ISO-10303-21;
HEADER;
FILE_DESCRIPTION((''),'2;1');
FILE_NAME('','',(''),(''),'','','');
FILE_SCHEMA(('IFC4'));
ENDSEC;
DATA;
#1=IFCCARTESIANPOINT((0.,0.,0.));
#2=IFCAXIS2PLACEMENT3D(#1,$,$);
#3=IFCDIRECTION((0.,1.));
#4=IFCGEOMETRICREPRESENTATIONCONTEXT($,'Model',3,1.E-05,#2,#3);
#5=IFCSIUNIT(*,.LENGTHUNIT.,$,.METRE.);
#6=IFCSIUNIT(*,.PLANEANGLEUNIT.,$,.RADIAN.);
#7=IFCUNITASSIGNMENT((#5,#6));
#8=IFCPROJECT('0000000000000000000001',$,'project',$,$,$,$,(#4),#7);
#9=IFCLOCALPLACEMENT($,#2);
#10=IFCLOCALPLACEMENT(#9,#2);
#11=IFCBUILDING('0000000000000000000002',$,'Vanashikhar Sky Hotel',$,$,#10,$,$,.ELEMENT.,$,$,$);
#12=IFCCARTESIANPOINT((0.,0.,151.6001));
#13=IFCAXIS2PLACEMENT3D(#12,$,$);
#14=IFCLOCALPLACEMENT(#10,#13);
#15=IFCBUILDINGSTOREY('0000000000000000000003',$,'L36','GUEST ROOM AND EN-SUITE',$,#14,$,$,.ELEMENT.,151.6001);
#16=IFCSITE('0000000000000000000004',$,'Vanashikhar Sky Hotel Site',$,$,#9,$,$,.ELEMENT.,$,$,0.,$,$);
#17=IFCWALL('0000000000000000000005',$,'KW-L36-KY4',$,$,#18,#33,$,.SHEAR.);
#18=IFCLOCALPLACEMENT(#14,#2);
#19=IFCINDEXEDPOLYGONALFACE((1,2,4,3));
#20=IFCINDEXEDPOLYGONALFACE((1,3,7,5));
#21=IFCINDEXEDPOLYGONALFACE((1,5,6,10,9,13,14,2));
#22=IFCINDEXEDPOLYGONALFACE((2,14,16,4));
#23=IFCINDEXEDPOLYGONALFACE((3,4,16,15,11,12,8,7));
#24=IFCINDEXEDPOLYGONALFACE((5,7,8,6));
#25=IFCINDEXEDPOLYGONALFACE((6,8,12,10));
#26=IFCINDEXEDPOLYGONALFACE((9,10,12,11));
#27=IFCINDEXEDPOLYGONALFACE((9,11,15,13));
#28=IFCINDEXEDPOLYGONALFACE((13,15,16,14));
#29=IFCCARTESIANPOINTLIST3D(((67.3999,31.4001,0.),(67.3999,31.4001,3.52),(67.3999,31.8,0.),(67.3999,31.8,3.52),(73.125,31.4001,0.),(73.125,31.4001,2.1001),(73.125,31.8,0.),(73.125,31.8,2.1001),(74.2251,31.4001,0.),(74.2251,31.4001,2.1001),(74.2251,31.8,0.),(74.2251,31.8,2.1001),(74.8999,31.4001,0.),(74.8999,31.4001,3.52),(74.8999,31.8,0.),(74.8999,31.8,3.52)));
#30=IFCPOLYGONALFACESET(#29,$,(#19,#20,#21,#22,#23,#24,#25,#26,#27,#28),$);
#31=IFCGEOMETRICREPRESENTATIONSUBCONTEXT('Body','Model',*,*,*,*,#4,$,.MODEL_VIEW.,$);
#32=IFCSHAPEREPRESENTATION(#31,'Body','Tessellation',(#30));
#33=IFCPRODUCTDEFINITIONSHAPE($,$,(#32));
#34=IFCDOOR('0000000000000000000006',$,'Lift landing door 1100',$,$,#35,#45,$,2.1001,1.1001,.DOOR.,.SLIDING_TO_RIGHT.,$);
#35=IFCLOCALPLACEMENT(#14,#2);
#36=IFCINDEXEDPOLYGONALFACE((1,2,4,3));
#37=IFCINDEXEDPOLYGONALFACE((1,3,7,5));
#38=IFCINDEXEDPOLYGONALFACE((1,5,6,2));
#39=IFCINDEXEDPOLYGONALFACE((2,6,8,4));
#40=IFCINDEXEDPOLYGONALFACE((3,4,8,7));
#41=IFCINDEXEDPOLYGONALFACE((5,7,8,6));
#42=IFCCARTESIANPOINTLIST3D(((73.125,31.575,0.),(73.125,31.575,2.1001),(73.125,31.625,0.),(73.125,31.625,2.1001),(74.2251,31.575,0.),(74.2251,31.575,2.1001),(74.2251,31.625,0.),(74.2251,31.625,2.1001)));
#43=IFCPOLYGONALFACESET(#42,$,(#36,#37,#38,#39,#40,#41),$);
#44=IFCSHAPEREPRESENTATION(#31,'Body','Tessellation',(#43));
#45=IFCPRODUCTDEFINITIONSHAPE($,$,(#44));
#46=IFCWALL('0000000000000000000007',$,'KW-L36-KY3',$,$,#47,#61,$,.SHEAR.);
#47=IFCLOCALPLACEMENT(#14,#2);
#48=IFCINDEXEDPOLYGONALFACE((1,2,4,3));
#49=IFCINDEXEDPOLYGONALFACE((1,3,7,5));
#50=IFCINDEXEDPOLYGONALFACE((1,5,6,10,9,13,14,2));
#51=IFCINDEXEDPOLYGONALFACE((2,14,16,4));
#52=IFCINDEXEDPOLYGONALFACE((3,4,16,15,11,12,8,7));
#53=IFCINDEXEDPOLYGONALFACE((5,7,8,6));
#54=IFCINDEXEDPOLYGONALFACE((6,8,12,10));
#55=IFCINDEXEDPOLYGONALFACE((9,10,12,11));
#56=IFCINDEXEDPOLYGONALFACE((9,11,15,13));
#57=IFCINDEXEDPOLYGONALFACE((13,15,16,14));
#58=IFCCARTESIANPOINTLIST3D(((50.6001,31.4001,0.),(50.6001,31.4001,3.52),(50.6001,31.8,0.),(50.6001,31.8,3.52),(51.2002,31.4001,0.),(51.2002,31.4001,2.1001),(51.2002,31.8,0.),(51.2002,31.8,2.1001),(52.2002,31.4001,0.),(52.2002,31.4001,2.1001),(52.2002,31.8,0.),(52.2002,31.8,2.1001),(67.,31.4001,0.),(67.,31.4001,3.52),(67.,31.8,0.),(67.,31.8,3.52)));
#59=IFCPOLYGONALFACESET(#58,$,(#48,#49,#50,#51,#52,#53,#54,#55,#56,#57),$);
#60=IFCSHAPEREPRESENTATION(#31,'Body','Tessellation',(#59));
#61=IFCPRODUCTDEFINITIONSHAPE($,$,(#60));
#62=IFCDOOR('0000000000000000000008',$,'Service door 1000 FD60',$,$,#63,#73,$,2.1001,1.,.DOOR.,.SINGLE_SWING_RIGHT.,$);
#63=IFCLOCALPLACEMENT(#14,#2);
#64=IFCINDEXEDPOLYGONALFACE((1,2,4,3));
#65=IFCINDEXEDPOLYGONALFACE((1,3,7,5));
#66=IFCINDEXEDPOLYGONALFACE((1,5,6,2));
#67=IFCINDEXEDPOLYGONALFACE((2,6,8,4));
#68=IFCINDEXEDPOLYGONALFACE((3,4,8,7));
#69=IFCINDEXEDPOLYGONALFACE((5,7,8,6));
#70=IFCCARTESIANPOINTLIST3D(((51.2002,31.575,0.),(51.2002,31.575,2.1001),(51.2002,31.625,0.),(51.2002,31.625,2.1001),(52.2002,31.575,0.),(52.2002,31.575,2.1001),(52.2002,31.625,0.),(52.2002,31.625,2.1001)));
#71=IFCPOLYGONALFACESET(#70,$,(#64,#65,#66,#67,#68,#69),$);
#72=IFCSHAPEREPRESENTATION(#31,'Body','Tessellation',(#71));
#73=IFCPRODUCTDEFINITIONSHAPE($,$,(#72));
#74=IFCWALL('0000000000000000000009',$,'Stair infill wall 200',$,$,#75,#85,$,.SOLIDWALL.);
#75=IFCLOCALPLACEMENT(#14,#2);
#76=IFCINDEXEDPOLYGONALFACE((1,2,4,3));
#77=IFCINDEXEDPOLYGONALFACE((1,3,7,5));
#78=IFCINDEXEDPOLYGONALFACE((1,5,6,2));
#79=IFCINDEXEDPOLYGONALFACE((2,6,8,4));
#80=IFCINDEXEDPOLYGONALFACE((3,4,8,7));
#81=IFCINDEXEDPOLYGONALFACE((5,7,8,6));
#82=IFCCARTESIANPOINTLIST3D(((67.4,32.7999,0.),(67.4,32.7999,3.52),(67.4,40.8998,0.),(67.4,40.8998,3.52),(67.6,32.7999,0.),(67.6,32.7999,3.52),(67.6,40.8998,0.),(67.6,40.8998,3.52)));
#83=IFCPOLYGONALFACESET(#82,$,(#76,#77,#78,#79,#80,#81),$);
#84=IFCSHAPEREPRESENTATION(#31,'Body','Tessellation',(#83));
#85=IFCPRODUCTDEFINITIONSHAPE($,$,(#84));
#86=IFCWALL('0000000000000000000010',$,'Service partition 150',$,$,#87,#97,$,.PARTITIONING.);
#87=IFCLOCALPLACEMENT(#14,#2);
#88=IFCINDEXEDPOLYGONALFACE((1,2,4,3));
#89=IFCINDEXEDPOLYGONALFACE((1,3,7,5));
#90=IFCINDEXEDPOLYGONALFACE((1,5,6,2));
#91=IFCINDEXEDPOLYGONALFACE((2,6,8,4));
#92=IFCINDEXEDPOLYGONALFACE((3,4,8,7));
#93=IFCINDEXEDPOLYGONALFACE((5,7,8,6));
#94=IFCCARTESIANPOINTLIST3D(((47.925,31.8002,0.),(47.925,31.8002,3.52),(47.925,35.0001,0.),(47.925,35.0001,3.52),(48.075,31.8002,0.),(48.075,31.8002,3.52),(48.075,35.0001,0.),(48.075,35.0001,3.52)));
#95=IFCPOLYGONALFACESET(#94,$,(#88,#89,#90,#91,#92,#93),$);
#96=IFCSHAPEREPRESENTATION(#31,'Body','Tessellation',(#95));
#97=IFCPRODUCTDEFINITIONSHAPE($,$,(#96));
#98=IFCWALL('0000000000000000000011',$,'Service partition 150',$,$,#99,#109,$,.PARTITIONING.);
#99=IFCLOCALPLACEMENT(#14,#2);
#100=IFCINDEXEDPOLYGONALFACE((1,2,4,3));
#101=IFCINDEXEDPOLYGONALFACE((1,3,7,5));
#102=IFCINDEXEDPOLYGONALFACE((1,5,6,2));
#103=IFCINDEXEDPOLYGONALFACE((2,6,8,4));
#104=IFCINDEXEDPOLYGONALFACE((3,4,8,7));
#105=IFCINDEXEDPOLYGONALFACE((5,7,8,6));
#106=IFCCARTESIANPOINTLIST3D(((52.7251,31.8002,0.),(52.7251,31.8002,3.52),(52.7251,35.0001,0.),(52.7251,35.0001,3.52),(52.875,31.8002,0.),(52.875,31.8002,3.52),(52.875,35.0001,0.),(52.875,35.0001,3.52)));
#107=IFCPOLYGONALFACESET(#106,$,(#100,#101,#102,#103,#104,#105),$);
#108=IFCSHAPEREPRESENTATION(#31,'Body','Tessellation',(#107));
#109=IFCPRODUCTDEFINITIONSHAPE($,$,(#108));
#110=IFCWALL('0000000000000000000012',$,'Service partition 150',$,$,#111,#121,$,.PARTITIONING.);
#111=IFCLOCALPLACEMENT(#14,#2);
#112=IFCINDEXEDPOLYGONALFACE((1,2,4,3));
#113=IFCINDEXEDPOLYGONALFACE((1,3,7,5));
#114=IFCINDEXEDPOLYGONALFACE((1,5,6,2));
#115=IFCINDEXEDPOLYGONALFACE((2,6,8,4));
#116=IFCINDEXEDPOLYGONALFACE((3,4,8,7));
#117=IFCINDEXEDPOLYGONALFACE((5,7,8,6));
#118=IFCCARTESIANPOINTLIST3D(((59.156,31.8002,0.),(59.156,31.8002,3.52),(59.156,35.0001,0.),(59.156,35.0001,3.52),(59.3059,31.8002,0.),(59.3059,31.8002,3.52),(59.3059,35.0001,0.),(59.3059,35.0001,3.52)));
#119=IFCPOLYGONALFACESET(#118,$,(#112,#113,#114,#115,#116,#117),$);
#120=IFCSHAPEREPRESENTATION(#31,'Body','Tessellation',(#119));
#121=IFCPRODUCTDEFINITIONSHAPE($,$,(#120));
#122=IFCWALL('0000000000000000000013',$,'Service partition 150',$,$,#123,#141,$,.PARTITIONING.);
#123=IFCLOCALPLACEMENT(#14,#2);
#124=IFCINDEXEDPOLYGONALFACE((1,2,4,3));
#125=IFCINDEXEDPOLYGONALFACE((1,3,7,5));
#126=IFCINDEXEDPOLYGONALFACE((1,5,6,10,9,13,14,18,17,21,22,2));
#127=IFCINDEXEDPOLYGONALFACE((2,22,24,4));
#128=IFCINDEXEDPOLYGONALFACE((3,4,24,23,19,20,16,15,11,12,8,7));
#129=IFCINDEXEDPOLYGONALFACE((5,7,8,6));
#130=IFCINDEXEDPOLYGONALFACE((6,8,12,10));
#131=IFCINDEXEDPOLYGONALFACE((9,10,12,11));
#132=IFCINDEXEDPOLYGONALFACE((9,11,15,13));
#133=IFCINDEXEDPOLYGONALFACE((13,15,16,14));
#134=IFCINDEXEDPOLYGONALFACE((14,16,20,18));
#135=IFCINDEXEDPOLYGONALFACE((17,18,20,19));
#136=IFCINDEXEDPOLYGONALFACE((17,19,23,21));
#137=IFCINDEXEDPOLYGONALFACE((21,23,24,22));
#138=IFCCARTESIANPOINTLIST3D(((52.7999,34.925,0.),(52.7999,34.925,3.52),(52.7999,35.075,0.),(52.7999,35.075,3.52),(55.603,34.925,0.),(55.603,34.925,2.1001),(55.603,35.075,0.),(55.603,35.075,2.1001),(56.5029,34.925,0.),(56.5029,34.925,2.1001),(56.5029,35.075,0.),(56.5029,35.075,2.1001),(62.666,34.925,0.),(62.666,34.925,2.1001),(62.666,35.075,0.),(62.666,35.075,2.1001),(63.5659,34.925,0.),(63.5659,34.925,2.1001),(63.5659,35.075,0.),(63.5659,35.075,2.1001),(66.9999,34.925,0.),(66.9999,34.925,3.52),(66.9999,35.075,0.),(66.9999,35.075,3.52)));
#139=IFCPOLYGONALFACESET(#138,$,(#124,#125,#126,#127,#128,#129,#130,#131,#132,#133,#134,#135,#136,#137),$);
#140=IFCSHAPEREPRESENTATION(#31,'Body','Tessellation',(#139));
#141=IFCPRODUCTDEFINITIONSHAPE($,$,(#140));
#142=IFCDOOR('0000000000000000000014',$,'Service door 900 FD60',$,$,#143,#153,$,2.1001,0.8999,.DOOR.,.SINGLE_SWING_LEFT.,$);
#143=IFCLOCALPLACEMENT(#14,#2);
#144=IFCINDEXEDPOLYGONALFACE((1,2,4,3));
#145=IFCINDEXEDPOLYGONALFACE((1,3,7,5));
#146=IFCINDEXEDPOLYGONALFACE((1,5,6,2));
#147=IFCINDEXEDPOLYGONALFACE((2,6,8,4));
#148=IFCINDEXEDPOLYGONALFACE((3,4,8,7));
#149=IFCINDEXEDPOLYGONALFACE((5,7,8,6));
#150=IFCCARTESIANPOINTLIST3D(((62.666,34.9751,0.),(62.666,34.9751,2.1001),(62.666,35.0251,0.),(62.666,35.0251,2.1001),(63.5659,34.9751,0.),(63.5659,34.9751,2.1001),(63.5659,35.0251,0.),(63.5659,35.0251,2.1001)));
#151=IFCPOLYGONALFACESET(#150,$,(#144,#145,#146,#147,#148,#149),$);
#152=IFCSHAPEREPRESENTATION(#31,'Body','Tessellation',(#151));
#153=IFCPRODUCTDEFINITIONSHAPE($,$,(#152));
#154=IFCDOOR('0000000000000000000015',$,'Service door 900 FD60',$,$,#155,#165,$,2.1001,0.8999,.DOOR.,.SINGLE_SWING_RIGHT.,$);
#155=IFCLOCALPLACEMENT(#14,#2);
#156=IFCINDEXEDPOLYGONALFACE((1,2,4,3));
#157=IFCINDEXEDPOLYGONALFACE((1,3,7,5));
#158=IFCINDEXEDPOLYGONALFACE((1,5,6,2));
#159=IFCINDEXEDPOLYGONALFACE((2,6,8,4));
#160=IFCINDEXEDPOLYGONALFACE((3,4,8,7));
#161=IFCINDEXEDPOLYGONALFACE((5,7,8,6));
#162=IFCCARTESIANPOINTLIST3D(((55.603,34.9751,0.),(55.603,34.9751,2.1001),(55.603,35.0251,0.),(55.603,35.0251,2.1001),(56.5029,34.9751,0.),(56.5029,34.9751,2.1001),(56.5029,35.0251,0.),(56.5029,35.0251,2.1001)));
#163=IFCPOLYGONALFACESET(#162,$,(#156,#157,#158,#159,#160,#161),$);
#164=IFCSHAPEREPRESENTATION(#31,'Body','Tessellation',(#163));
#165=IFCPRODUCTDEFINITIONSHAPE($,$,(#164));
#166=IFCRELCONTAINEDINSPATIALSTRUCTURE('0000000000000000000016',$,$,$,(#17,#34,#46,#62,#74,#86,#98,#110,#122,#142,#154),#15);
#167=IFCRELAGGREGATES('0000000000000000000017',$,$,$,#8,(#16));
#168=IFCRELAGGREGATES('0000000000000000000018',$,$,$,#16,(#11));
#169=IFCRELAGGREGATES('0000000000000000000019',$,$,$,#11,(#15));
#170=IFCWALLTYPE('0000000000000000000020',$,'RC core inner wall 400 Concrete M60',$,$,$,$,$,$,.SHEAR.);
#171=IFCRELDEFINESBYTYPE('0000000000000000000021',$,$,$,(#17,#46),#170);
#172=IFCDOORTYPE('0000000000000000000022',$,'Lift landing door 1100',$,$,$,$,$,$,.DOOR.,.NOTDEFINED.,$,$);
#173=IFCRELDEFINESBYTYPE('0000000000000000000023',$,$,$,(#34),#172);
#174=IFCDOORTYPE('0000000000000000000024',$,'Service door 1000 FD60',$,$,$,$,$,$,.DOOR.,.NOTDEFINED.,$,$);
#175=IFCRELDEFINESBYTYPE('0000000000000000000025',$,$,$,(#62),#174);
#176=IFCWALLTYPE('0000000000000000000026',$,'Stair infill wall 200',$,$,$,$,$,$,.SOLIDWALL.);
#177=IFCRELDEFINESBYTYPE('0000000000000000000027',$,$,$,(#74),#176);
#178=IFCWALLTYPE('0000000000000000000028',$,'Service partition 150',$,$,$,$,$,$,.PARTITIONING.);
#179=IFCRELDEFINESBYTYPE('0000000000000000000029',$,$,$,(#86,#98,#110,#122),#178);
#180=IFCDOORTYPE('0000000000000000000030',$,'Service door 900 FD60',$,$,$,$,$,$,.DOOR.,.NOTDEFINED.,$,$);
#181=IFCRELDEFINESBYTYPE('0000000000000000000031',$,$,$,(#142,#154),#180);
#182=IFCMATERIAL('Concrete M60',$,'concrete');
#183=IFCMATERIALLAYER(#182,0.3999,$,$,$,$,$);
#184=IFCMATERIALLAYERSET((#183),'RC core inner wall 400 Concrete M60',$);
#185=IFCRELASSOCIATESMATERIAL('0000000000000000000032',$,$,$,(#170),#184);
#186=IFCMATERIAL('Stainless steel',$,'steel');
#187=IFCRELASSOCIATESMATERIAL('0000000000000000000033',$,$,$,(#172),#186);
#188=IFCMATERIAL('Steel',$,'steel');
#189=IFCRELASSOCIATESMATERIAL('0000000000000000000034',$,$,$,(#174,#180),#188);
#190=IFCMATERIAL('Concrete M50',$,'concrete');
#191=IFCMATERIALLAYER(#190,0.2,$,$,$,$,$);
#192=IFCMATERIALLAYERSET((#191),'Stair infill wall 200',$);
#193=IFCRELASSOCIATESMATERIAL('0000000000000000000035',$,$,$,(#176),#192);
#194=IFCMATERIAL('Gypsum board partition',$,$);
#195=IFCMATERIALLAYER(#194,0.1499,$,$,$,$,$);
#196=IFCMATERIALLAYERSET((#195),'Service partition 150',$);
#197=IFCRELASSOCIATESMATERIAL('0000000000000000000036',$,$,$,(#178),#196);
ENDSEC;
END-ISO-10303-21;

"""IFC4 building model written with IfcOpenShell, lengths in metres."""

from ifc_helpers import new_model, si_unit, direction, frame, frame_2d, origin, place, context, subcontext, project, spatial, rectangle, extrude, source, transform, mapped, material, layer, layer_set, type_object, element, fill, save


model = new_model("IFC4")

# Units and contexts
model_context = context("Model", 3, precision=1e-05, world=origin(), true_north=direction((0.0, 1.0)))
body_context = subcontext(model_context, "Body", "Model", "MODEL_VIEW")
ifc_project = project(units=[si_unit("LENGTHUNIT", "METRE"), si_unit("PLANEANGLEUNIT", "RADIAN")], contexts=[model_context])

# Site, building, storey
site_placement = place(None, origin())
site = spatial("IfcSite", under=ifc_project, at=site_placement, Name="Vanashikhar Sky Hotel Site", CompositionType="ELEMENT", RefElevation=0.0)
building_placement = place(site_placement, origin())
building = spatial("IfcBuilding", under=site, at=building_placement, Name="Vanashikhar Sky Hotel", CompositionType="ELEMENT")
storey_placement = place(building_placement, frame((0.0, 0.0, 151.6001)))
storey = spatial("IfcBuildingStorey", under=building, at=storey_placement, Name="L36", Description="GUEST ROOM AND EN-SUITE", CompositionType="ELEMENT", Elevation=151.6001)

# Walls, openings, doors
ifc_material_1 = material(Name="Concrete M60", Category="concrete")
ifc_layer_1 = layer(ifc_material_1, 0.3999)
ifc_layer_set_1 = layer_set([ifc_layer_1], Name="RC core inner wall 400 Concrete M60")
wall_type_1 = type_object("IfcWallType", Name="RC core inner wall 400 Concrete M60", PredefinedType="SHEAR", material=ifc_layer_set_1)
shared_shape_1 = source(origin(), body_context, "Body", "SweptSolid", [
    extrude(rectangle(XDim=7.5, YDim=0.3999, at=frame_2d((3.75, 0.0))), origin(), (0.0, 0.0, 1.0), 3.52),
])
wall_1_placement = place(storey_placement, frame((67.3999, 31.6001, 0.0), z_axis=(0.0, 0.0, 1.0), x_axis=(1.0, 0.0, 0.0)))
wall_1 = element("IfcWall", 1, at=wall_1_placement, inside=storey, type_object=wall_type_1, Name="KW-L36-KY4", PredefinedType="SHEAR", context=body_context, shape_type="MappedRepresentation", body=[
    mapped(shared_shape_1, transform((0.0, 0.0, 0.0), scale=1.0)),
])
shared_shape_2 = source(origin(), body_context, "Body", "SweptSolid", [
    extrude(rectangle(XDim=1.1001, YDim=2.1001, at=frame_2d((0.55, 1.05))), frame((0.0, 0.21, 0.0), z_axis=(0.0, -1.0, 0.0), x_axis=(1.0, 0.0, 0.0)), (0.0, 0.0, 1.0), 0.4199),
])
opening_1_placement = place(wall_1_placement, frame((5.7251, 0.0, 0.0)))
opening_1 = element("IfcOpeningElement", 2, at=opening_1_placement, cuts=wall_1, PredefinedType="OPENING", context=body_context, shape_type="MappedRepresentation", body=[
    mapped(shared_shape_2, transform((0.0, 0.0, 0.0), scale=1.0)),
])
ifc_material_2 = material(Name="Stainless steel", Category="steel")
door_type_1 = type_object("IfcDoorType", Name="Lift landing door 1100", OperationType="NOTDEFINED", PredefinedType="DOOR", material=ifc_material_2)
shared_shape_3 = source(origin(), body_context, "Body", "SweptSolid", [
    extrude(rectangle(XDim=1.1001, YDim=2.1001, at=frame_2d((0.55, 1.05))), frame((0.0, 0.0249, 0.0), z_axis=(0.0, -1.0, 0.0), x_axis=(1.0, 0.0, 0.0)), (0.0, 0.0, 1.0), 0.05),
])
door_1_placement = place(opening_1_placement, origin())
door_1 = element("IfcDoor", 3, at=door_1_placement, inside=storey, type_object=door_type_1, Name="Lift landing door 1100", OperationType="SLIDING_TO_RIGHT", OverallHeight=2.1001, OverallWidth=1.1001, PredefinedType="DOOR", context=body_context, shape_type="MappedRepresentation", body=[
    mapped(shared_shape_3, transform((0.0, 0.0, 0.0), scale=1.0)),
])
fill(opening_1, door_1)
shared_shape_4 = source(origin(), body_context, "Body", "SweptSolid", [
    extrude(rectangle(XDim=16.3999, YDim=0.3999, at=frame_2d((8.2, 0.0))), origin(), (0.0, 0.0, 1.0), 3.52),
])
wall_2_placement = place(storey_placement, frame((50.6001, 31.6001, 0.0), z_axis=(0.0, 0.0, 1.0), x_axis=(1.0, 0.0, 0.0)))
wall_2 = element("IfcWall", 4, at=wall_2_placement, inside=storey, type_object=wall_type_1, Name="KW-L36-KY3", PredefinedType="SHEAR", context=body_context, shape_type="MappedRepresentation", body=[
    mapped(shared_shape_4, transform((0.0, 0.0, 0.0), scale=1.0)),
])
shared_shape_5 = source(origin(), body_context, "Body", "SweptSolid", [
    extrude(rectangle(XDim=1.0, YDim=2.1001, at=frame_2d((0.5, 1.05))), frame((0.0, 0.21, 0.0), z_axis=(0.0, -1.0, 0.0), x_axis=(1.0, 0.0, 0.0)), (0.0, 0.0, 1.0), 0.4199),
])
opening_2_placement = place(wall_2_placement, frame((0.6001, 0.0, 0.0)))
opening_2 = element("IfcOpeningElement", 5, at=opening_2_placement, cuts=wall_2, PredefinedType="OPENING", context=body_context, shape_type="MappedRepresentation", body=[
    mapped(shared_shape_5, transform((0.0, 0.0, 0.0), scale=1.0)),
])
ifc_material_3 = material(Name="Steel", Category="steel")
door_type_2 = type_object("IfcDoorType", Name="Service door 1000 FD60", OperationType="NOTDEFINED", PredefinedType="DOOR", material=ifc_material_3)
shared_shape_6 = source(origin(), body_context, "Body", "SweptSolid", [
    extrude(rectangle(XDim=1.0, YDim=2.1001, at=frame_2d((0.5, 1.05))), frame((0.0, 0.0249, 0.0), z_axis=(0.0, -1.0, 0.0), x_axis=(1.0, 0.0, 0.0)), (0.0, 0.0, 1.0), 0.05),
])
door_2_placement = place(opening_2_placement, origin())
door_2 = element("IfcDoor", 6, at=door_2_placement, inside=storey, type_object=door_type_2, Name="Service door 1000 FD60", OperationType="SINGLE_SWING_RIGHT", OverallHeight=2.1001, OverallWidth=1.0, PredefinedType="DOOR", context=body_context, shape_type="MappedRepresentation", body=[
    mapped(shared_shape_6, transform((0.0, 0.0, 0.0), scale=1.0)),
])
fill(opening_2, door_2)

# Walls
ifc_material_4 = material(Name="Concrete M50", Category="concrete")
ifc_layer_2 = layer(ifc_material_4, 0.2)
ifc_layer_set_2 = layer_set([ifc_layer_2], Name="Stair infill wall 200")
wall_type_2 = type_object("IfcWallType", Name="Stair infill wall 200", PredefinedType="SOLIDWALL", material=ifc_layer_set_2)
shared_shape_7 = source(origin(), body_context, "Body", "SweptSolid", [
    extrude(rectangle(XDim=8.0999, YDim=0.2, at=frame_2d((4.0498, 0.0))), origin(), (0.0, 0.0, 1.0), 3.52),
])
wall_3_placement = place(storey_placement, frame((67.5, 32.8, 0.0), z_axis=(0.0, 0.0, 1.0), x_axis=(0.0, 1.0, 0.0)))
element("IfcWall", 7, at=wall_3_placement, inside=storey, type_object=wall_type_2, Name="Stair infill wall 200", PredefinedType="SOLIDWALL", context=body_context, shape_type="MappedRepresentation", body=[
    mapped(shared_shape_7, transform((0.0, 0.0, 0.0), scale=1.0)),
])
ifc_material_5 = material(Name="Gypsum board partition")
ifc_layer_3 = layer(ifc_material_5, 0.1499)
ifc_layer_set_3 = layer_set([ifc_layer_3], Name="Service partition 150")
wall_type_3 = type_object("IfcWallType", Name="Service partition 150", PredefinedType="PARTITIONING", material=ifc_layer_set_3)
shared_shape_8 = source(origin(), body_context, "Body", "SweptSolid", [
    extrude(rectangle(XDim=3.2, YDim=0.1499, at=frame_2d((1.6001, 0.0))), origin(), (0.0, 0.0, 1.0), 3.52),
])
for number, where, z_axis, x_axis, name in (
    (8, (48.0, 31.8, 0.0), (0.0, 0.0, 1.0), (0.0, 1.0, 0.0), "Service partition 150"),
    (9, (52.8, 31.8, 0.0), (0.0, 0.0, 1.0), (0.0, 1.0, 0.0), "Service partition 150"),
    (10, (59.231, 31.8, 0.0), (0.0, 0.0, 1.0), (0.0, 1.0, 0.0), "Service partition 150"),
):
    element("IfcWall", number, at=place(storey_placement, frame(where, z_axis=z_axis, x_axis=x_axis)), inside=storey, type_object=wall_type_3, Name=name, PredefinedType="PARTITIONING", context=body_context, shape_type="MappedRepresentation", body=[
        mapped(shared_shape_8, transform((0.0, 0.0, 0.0), scale=1.0)),
    ])

# Wall, openings, doors
shared_shape_9 = source(origin(), body_context, "Body", "SweptSolid", [
    extrude(rectangle(XDim=14.2, YDim=0.1499, at=frame_2d((7.1001, 0.0))), origin(), (0.0, 0.0, 1.0), 3.52),
])
wall_4_placement = place(storey_placement, frame((67.0, 35.0, 0.0), z_axis=(0.0, 0.0, 1.0), x_axis=(-1.0, 0.0, 0.0)))
wall_4 = element("IfcWall", 11, at=wall_4_placement, inside=storey, type_object=wall_type_3, Name="Service partition 150", PredefinedType="PARTITIONING", context=body_context, shape_type="MappedRepresentation", body=[
    mapped(shared_shape_9, transform((0.0, 0.0, 0.0), scale=1.0)),
])
shared_shape_10 = source(origin(), body_context, "Body", "SweptSolid", [
    extrude(rectangle(XDim=0.8999, YDim=2.1001, at=frame_2d((0.45, 1.05))), frame((0.0, 0.085, 0.0), z_axis=(0.0, -1.0, 0.0), x_axis=(1.0, 0.0, 0.0)), (0.0, 0.0, 1.0), 0.1699),
])
opening_3_placement = place(wall_4_placement, frame((3.4341, 0.0, 0.0)))
opening_3 = element("IfcOpeningElement", 12, at=opening_3_placement, cuts=wall_4, PredefinedType="OPENING", context=body_context, shape_type="MappedRepresentation", body=[
    mapped(shared_shape_10, transform((0.0, 0.0, 0.0), scale=1.0)),
])
opening_4_placement = place(wall_4_placement, frame((10.4971, 0.0, 0.0)))
opening_4 = element("IfcOpeningElement", 13, at=opening_4_placement, cuts=wall_4, PredefinedType="OPENING", context=body_context, shape_type="MappedRepresentation", body=[
    mapped(shared_shape_10, transform((0.0, 0.0, 0.0), scale=1.0)),
])
door_type_3 = type_object("IfcDoorType", Name="Service door 900 FD60", OperationType="NOTDEFINED", PredefinedType="DOOR", material=ifc_material_3)
shared_shape_11 = source(origin(), body_context, "Body", "SweptSolid", [
    extrude(rectangle(XDim=0.8999, YDim=2.1001, at=frame_2d((0.45, 1.05))), frame((0.0, 0.0249, 0.0), z_axis=(0.0, -1.0, 0.0), x_axis=(1.0, 0.0, 0.0)), (0.0, 0.0, 1.0), 0.05),
])
door_3_placement = place(opening_3_placement, origin())
door_3 = element("IfcDoor", 14, at=door_3_placement, inside=storey, type_object=door_type_3, Name="Service door 900 FD60", OperationType="SINGLE_SWING_LEFT", OverallHeight=2.1001, OverallWidth=0.8999, PredefinedType="DOOR", context=body_context, shape_type="MappedRepresentation", body=[
    mapped(shared_shape_11, transform((0.0, 0.0, 0.0), scale=1.0)),
])
fill(opening_3, door_3)
door_4_placement = place(opening_4_placement, origin())
door_4 = element("IfcDoor", 15, at=door_4_placement, inside=storey, type_object=door_type_3, Name="Service door 900 FD60", OperationType="SINGLE_SWING_RIGHT", OverallHeight=2.1001, OverallWidth=0.8999, PredefinedType="DOOR", context=body_context, shape_type="MappedRepresentation", body=[
    mapped(shared_shape_11, transform((0.0, 0.0, 0.0), scale=1.0)),
])
fill(opening_4, door_4)

save(model, "model.ifc")
